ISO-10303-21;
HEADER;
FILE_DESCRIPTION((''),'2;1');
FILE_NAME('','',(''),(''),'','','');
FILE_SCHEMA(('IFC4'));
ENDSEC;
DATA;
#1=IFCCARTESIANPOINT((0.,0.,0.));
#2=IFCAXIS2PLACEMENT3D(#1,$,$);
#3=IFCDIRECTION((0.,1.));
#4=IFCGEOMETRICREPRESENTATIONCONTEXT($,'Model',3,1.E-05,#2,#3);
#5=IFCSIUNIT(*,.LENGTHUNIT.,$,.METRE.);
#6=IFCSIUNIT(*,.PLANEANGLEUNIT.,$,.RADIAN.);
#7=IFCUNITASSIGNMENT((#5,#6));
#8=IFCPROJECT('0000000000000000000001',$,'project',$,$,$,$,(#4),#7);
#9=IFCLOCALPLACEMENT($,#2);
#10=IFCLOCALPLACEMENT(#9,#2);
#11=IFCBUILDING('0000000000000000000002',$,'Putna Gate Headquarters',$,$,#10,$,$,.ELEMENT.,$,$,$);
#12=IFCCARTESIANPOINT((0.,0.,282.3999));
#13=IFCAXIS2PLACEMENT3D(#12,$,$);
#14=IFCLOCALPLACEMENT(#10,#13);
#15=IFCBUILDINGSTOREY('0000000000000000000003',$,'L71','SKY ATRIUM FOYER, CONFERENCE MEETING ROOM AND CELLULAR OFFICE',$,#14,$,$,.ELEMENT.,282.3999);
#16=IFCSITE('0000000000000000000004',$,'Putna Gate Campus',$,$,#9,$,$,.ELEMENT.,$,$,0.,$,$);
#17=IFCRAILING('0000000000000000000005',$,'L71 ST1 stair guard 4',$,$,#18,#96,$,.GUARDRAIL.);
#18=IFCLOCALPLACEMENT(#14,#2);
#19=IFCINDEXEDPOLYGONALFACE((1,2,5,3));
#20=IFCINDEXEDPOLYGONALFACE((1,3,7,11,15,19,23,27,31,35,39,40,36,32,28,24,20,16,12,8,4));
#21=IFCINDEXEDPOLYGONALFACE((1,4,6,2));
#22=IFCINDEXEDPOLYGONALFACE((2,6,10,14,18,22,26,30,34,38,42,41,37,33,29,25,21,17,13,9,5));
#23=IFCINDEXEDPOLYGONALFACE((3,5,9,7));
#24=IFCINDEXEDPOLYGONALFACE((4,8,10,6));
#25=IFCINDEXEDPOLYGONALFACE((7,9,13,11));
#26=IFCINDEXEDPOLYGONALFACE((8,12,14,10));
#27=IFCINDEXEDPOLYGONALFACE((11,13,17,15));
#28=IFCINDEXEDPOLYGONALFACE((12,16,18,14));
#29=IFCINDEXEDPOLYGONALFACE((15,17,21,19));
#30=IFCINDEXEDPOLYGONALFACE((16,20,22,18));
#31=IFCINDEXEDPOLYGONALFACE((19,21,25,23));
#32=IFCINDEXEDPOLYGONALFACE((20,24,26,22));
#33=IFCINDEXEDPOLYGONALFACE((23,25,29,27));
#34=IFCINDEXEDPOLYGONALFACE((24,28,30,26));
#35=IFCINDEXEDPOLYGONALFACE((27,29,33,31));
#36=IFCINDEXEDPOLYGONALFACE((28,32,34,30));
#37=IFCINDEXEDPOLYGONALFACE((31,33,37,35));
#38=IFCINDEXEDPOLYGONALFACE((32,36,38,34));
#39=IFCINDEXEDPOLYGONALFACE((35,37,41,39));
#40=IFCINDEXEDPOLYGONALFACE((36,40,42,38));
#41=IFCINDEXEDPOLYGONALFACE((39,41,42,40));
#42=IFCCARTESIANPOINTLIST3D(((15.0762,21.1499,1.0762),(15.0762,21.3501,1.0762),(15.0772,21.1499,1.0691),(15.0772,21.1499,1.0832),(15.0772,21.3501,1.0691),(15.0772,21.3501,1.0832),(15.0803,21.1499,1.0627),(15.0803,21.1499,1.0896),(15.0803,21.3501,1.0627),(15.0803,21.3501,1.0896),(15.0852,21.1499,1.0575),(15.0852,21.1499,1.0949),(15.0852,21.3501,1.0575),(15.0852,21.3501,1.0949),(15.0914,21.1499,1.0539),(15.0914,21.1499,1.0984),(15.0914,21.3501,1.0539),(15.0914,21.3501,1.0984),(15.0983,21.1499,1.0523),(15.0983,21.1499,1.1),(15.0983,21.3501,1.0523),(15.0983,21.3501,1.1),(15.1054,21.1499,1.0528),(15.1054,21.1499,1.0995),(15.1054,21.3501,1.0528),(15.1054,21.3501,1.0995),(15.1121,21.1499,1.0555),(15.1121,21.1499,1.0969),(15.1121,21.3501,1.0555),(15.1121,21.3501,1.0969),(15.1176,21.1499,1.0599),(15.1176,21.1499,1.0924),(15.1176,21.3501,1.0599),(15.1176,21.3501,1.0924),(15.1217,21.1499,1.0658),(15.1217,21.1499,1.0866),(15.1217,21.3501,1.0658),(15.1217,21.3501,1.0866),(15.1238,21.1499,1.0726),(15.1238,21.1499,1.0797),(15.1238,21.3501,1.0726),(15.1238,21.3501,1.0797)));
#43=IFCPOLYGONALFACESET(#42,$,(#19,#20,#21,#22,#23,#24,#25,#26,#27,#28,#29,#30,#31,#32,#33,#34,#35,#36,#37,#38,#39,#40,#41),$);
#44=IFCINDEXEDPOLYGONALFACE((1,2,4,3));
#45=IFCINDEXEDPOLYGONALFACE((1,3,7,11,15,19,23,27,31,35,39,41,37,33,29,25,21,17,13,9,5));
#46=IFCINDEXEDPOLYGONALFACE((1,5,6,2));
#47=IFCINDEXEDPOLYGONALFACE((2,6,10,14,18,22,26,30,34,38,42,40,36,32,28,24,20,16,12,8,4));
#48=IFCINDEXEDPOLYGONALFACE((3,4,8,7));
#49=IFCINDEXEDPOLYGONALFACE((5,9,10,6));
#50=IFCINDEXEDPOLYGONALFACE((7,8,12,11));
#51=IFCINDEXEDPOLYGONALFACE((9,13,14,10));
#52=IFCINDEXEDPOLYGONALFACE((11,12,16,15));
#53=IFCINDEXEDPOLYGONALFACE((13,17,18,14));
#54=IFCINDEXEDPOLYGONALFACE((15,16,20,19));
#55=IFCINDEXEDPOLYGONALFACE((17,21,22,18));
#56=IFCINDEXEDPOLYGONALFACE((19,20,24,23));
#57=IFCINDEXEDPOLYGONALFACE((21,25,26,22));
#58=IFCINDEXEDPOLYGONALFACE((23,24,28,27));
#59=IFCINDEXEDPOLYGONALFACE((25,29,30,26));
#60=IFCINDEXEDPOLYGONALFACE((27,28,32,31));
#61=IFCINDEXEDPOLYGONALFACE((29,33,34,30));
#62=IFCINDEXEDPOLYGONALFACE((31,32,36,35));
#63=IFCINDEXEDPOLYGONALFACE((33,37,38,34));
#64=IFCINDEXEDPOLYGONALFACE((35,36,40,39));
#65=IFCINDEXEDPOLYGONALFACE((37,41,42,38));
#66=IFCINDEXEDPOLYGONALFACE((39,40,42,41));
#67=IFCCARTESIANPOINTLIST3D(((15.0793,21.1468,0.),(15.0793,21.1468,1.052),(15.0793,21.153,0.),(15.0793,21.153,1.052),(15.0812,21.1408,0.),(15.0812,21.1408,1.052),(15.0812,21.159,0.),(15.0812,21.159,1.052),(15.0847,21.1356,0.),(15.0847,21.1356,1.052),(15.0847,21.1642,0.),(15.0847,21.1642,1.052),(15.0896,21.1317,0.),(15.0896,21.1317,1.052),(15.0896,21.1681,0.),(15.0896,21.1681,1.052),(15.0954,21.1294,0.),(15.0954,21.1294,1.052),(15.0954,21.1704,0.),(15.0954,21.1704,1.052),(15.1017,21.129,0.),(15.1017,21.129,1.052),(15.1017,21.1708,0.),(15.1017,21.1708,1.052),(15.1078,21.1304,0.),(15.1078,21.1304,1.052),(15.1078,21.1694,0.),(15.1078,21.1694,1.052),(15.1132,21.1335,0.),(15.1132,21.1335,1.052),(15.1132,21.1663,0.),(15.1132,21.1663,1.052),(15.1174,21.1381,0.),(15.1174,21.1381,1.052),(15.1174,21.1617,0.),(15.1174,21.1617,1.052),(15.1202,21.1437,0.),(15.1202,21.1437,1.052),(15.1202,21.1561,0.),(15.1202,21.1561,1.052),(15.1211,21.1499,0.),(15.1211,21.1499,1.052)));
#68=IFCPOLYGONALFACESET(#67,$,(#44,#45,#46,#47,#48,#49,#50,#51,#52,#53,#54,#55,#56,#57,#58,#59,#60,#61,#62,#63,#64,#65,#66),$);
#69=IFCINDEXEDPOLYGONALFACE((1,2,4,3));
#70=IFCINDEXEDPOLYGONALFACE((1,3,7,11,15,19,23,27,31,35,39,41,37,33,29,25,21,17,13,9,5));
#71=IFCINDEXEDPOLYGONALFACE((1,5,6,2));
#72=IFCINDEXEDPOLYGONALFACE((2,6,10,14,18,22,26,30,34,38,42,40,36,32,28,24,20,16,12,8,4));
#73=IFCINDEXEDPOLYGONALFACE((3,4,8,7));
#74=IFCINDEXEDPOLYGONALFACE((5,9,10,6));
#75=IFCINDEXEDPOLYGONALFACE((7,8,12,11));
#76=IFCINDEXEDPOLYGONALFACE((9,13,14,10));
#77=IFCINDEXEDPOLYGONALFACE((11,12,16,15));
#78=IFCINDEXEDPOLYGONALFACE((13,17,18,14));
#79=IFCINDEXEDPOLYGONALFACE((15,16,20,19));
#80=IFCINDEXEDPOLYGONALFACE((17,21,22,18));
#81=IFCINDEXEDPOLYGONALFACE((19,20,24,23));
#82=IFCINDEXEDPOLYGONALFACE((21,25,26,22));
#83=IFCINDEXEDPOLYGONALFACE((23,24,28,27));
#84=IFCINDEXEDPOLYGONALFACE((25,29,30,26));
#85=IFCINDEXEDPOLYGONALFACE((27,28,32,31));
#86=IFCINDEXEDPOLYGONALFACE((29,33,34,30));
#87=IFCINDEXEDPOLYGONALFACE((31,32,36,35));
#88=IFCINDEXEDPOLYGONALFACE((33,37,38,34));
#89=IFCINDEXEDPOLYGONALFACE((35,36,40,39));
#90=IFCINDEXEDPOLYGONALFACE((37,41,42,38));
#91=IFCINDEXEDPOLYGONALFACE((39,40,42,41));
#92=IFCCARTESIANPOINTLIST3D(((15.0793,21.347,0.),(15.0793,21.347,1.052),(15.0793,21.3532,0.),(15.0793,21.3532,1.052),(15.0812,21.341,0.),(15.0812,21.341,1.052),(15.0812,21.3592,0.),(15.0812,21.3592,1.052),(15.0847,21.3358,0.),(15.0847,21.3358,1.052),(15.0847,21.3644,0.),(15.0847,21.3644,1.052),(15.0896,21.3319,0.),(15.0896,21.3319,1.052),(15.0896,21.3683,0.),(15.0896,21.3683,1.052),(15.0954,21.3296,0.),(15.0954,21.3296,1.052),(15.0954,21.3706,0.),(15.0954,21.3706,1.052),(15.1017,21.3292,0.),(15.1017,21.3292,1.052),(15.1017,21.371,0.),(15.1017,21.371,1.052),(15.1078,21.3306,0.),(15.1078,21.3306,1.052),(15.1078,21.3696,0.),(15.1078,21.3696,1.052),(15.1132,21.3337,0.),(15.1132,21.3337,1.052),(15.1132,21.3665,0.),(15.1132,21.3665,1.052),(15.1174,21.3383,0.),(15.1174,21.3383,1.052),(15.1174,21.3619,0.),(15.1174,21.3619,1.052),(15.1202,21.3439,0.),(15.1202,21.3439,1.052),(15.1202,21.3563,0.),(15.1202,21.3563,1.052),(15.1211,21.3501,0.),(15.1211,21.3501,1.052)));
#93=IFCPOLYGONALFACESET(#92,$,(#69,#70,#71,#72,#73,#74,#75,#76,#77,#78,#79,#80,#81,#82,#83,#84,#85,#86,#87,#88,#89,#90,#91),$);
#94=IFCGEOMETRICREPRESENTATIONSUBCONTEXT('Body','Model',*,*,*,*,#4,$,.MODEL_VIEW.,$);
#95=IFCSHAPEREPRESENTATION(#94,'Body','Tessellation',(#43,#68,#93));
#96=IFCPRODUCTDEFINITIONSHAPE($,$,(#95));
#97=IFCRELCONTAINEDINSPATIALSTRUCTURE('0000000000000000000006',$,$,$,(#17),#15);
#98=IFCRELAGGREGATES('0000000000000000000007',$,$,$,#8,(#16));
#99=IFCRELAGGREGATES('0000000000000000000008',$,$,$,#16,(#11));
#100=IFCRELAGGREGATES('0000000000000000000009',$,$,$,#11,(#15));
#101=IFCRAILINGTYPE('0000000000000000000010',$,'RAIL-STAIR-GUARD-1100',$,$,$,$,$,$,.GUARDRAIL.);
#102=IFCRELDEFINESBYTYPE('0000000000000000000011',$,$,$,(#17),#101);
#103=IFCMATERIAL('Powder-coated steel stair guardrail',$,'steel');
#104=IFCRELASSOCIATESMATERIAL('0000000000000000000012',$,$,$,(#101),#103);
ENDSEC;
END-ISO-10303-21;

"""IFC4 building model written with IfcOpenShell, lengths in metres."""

from ifc_helpers import new_model, si_unit, direction, frame, origin, origin_2d, place, context, subcontext, project, spatial, circle, extrude, material, type_object, element, save


model = new_model("IFC4")

# Units and contexts
model_context = context("Model", 3, precision=1e-05, world=origin(), true_north=direction((0.0, 1.0)))
body_context = subcontext(model_context, "Body", "Model", "MODEL_VIEW")
ifc_project = project(units=[si_unit("LENGTHUNIT", "METRE"), si_unit("PLANEANGLEUNIT", "RADIAN")], contexts=[model_context])

# Site, building, storey
site_placement = place(None, origin())
site = spatial("IfcSite", under=ifc_project, at=site_placement, Name="Putna Gate Campus", CompositionType="ELEMENT", RefElevation=0.0)
building_placement = place(site_placement, origin())
building = spatial("IfcBuilding", under=site, at=building_placement, Name="Putna Gate Headquarters", CompositionType="ELEMENT")
storey_placement = place(building_placement, frame((0.0, 0.0, 282.3999)))
storey = spatial("IfcBuildingStorey", under=building, at=storey_placement, Name="L71", Description="SKY ATRIUM FOYER, CONFERENCE MEETING ROOM AND CELLULAR OFFICE", CompositionType="ELEMENT", Elevation=282.3999)

# Railing
ifc_material_1 = material(Name="Powder-coated steel stair guardrail", Category="steel")
railing_type_1 = type_object("IfcRailingType", Name="RAIL-STAIR-GUARD-1100", PredefinedType="GUARDRAIL", material=ifc_material_1)
railing_1_placement = place(storey_placement, frame((15.1001, 21.1499, 0.0)))
element("IfcRailing", 1, at=railing_1_placement, inside=storey, type_object=railing_type_1, Name="L71 ST1 stair guard 4", PredefinedType="GUARDRAIL", context=body_context, shape_type="SweptSolid", body=[
    extrude(circle(Radius=0.0239, at=origin_2d()), frame((0.0, 0.0, 1.0762), z_axis=(0.0, 1.0, 0.0), x_axis=(-1.0, 0.0, 0.0)), (0.0, 0.0, 1.0), 0.2002),
    extrude(circle(Radius=0.021, at=origin_2d()), origin(), (0.0, 0.0, 1.0), 1.052),
    extrude(circle(Radius=0.021, at=origin_2d()), frame((0.0, 0.2002, 0.0)), (0.0, 0.0, 1.0), 1.052),
])

save(model, "model.ifc")
